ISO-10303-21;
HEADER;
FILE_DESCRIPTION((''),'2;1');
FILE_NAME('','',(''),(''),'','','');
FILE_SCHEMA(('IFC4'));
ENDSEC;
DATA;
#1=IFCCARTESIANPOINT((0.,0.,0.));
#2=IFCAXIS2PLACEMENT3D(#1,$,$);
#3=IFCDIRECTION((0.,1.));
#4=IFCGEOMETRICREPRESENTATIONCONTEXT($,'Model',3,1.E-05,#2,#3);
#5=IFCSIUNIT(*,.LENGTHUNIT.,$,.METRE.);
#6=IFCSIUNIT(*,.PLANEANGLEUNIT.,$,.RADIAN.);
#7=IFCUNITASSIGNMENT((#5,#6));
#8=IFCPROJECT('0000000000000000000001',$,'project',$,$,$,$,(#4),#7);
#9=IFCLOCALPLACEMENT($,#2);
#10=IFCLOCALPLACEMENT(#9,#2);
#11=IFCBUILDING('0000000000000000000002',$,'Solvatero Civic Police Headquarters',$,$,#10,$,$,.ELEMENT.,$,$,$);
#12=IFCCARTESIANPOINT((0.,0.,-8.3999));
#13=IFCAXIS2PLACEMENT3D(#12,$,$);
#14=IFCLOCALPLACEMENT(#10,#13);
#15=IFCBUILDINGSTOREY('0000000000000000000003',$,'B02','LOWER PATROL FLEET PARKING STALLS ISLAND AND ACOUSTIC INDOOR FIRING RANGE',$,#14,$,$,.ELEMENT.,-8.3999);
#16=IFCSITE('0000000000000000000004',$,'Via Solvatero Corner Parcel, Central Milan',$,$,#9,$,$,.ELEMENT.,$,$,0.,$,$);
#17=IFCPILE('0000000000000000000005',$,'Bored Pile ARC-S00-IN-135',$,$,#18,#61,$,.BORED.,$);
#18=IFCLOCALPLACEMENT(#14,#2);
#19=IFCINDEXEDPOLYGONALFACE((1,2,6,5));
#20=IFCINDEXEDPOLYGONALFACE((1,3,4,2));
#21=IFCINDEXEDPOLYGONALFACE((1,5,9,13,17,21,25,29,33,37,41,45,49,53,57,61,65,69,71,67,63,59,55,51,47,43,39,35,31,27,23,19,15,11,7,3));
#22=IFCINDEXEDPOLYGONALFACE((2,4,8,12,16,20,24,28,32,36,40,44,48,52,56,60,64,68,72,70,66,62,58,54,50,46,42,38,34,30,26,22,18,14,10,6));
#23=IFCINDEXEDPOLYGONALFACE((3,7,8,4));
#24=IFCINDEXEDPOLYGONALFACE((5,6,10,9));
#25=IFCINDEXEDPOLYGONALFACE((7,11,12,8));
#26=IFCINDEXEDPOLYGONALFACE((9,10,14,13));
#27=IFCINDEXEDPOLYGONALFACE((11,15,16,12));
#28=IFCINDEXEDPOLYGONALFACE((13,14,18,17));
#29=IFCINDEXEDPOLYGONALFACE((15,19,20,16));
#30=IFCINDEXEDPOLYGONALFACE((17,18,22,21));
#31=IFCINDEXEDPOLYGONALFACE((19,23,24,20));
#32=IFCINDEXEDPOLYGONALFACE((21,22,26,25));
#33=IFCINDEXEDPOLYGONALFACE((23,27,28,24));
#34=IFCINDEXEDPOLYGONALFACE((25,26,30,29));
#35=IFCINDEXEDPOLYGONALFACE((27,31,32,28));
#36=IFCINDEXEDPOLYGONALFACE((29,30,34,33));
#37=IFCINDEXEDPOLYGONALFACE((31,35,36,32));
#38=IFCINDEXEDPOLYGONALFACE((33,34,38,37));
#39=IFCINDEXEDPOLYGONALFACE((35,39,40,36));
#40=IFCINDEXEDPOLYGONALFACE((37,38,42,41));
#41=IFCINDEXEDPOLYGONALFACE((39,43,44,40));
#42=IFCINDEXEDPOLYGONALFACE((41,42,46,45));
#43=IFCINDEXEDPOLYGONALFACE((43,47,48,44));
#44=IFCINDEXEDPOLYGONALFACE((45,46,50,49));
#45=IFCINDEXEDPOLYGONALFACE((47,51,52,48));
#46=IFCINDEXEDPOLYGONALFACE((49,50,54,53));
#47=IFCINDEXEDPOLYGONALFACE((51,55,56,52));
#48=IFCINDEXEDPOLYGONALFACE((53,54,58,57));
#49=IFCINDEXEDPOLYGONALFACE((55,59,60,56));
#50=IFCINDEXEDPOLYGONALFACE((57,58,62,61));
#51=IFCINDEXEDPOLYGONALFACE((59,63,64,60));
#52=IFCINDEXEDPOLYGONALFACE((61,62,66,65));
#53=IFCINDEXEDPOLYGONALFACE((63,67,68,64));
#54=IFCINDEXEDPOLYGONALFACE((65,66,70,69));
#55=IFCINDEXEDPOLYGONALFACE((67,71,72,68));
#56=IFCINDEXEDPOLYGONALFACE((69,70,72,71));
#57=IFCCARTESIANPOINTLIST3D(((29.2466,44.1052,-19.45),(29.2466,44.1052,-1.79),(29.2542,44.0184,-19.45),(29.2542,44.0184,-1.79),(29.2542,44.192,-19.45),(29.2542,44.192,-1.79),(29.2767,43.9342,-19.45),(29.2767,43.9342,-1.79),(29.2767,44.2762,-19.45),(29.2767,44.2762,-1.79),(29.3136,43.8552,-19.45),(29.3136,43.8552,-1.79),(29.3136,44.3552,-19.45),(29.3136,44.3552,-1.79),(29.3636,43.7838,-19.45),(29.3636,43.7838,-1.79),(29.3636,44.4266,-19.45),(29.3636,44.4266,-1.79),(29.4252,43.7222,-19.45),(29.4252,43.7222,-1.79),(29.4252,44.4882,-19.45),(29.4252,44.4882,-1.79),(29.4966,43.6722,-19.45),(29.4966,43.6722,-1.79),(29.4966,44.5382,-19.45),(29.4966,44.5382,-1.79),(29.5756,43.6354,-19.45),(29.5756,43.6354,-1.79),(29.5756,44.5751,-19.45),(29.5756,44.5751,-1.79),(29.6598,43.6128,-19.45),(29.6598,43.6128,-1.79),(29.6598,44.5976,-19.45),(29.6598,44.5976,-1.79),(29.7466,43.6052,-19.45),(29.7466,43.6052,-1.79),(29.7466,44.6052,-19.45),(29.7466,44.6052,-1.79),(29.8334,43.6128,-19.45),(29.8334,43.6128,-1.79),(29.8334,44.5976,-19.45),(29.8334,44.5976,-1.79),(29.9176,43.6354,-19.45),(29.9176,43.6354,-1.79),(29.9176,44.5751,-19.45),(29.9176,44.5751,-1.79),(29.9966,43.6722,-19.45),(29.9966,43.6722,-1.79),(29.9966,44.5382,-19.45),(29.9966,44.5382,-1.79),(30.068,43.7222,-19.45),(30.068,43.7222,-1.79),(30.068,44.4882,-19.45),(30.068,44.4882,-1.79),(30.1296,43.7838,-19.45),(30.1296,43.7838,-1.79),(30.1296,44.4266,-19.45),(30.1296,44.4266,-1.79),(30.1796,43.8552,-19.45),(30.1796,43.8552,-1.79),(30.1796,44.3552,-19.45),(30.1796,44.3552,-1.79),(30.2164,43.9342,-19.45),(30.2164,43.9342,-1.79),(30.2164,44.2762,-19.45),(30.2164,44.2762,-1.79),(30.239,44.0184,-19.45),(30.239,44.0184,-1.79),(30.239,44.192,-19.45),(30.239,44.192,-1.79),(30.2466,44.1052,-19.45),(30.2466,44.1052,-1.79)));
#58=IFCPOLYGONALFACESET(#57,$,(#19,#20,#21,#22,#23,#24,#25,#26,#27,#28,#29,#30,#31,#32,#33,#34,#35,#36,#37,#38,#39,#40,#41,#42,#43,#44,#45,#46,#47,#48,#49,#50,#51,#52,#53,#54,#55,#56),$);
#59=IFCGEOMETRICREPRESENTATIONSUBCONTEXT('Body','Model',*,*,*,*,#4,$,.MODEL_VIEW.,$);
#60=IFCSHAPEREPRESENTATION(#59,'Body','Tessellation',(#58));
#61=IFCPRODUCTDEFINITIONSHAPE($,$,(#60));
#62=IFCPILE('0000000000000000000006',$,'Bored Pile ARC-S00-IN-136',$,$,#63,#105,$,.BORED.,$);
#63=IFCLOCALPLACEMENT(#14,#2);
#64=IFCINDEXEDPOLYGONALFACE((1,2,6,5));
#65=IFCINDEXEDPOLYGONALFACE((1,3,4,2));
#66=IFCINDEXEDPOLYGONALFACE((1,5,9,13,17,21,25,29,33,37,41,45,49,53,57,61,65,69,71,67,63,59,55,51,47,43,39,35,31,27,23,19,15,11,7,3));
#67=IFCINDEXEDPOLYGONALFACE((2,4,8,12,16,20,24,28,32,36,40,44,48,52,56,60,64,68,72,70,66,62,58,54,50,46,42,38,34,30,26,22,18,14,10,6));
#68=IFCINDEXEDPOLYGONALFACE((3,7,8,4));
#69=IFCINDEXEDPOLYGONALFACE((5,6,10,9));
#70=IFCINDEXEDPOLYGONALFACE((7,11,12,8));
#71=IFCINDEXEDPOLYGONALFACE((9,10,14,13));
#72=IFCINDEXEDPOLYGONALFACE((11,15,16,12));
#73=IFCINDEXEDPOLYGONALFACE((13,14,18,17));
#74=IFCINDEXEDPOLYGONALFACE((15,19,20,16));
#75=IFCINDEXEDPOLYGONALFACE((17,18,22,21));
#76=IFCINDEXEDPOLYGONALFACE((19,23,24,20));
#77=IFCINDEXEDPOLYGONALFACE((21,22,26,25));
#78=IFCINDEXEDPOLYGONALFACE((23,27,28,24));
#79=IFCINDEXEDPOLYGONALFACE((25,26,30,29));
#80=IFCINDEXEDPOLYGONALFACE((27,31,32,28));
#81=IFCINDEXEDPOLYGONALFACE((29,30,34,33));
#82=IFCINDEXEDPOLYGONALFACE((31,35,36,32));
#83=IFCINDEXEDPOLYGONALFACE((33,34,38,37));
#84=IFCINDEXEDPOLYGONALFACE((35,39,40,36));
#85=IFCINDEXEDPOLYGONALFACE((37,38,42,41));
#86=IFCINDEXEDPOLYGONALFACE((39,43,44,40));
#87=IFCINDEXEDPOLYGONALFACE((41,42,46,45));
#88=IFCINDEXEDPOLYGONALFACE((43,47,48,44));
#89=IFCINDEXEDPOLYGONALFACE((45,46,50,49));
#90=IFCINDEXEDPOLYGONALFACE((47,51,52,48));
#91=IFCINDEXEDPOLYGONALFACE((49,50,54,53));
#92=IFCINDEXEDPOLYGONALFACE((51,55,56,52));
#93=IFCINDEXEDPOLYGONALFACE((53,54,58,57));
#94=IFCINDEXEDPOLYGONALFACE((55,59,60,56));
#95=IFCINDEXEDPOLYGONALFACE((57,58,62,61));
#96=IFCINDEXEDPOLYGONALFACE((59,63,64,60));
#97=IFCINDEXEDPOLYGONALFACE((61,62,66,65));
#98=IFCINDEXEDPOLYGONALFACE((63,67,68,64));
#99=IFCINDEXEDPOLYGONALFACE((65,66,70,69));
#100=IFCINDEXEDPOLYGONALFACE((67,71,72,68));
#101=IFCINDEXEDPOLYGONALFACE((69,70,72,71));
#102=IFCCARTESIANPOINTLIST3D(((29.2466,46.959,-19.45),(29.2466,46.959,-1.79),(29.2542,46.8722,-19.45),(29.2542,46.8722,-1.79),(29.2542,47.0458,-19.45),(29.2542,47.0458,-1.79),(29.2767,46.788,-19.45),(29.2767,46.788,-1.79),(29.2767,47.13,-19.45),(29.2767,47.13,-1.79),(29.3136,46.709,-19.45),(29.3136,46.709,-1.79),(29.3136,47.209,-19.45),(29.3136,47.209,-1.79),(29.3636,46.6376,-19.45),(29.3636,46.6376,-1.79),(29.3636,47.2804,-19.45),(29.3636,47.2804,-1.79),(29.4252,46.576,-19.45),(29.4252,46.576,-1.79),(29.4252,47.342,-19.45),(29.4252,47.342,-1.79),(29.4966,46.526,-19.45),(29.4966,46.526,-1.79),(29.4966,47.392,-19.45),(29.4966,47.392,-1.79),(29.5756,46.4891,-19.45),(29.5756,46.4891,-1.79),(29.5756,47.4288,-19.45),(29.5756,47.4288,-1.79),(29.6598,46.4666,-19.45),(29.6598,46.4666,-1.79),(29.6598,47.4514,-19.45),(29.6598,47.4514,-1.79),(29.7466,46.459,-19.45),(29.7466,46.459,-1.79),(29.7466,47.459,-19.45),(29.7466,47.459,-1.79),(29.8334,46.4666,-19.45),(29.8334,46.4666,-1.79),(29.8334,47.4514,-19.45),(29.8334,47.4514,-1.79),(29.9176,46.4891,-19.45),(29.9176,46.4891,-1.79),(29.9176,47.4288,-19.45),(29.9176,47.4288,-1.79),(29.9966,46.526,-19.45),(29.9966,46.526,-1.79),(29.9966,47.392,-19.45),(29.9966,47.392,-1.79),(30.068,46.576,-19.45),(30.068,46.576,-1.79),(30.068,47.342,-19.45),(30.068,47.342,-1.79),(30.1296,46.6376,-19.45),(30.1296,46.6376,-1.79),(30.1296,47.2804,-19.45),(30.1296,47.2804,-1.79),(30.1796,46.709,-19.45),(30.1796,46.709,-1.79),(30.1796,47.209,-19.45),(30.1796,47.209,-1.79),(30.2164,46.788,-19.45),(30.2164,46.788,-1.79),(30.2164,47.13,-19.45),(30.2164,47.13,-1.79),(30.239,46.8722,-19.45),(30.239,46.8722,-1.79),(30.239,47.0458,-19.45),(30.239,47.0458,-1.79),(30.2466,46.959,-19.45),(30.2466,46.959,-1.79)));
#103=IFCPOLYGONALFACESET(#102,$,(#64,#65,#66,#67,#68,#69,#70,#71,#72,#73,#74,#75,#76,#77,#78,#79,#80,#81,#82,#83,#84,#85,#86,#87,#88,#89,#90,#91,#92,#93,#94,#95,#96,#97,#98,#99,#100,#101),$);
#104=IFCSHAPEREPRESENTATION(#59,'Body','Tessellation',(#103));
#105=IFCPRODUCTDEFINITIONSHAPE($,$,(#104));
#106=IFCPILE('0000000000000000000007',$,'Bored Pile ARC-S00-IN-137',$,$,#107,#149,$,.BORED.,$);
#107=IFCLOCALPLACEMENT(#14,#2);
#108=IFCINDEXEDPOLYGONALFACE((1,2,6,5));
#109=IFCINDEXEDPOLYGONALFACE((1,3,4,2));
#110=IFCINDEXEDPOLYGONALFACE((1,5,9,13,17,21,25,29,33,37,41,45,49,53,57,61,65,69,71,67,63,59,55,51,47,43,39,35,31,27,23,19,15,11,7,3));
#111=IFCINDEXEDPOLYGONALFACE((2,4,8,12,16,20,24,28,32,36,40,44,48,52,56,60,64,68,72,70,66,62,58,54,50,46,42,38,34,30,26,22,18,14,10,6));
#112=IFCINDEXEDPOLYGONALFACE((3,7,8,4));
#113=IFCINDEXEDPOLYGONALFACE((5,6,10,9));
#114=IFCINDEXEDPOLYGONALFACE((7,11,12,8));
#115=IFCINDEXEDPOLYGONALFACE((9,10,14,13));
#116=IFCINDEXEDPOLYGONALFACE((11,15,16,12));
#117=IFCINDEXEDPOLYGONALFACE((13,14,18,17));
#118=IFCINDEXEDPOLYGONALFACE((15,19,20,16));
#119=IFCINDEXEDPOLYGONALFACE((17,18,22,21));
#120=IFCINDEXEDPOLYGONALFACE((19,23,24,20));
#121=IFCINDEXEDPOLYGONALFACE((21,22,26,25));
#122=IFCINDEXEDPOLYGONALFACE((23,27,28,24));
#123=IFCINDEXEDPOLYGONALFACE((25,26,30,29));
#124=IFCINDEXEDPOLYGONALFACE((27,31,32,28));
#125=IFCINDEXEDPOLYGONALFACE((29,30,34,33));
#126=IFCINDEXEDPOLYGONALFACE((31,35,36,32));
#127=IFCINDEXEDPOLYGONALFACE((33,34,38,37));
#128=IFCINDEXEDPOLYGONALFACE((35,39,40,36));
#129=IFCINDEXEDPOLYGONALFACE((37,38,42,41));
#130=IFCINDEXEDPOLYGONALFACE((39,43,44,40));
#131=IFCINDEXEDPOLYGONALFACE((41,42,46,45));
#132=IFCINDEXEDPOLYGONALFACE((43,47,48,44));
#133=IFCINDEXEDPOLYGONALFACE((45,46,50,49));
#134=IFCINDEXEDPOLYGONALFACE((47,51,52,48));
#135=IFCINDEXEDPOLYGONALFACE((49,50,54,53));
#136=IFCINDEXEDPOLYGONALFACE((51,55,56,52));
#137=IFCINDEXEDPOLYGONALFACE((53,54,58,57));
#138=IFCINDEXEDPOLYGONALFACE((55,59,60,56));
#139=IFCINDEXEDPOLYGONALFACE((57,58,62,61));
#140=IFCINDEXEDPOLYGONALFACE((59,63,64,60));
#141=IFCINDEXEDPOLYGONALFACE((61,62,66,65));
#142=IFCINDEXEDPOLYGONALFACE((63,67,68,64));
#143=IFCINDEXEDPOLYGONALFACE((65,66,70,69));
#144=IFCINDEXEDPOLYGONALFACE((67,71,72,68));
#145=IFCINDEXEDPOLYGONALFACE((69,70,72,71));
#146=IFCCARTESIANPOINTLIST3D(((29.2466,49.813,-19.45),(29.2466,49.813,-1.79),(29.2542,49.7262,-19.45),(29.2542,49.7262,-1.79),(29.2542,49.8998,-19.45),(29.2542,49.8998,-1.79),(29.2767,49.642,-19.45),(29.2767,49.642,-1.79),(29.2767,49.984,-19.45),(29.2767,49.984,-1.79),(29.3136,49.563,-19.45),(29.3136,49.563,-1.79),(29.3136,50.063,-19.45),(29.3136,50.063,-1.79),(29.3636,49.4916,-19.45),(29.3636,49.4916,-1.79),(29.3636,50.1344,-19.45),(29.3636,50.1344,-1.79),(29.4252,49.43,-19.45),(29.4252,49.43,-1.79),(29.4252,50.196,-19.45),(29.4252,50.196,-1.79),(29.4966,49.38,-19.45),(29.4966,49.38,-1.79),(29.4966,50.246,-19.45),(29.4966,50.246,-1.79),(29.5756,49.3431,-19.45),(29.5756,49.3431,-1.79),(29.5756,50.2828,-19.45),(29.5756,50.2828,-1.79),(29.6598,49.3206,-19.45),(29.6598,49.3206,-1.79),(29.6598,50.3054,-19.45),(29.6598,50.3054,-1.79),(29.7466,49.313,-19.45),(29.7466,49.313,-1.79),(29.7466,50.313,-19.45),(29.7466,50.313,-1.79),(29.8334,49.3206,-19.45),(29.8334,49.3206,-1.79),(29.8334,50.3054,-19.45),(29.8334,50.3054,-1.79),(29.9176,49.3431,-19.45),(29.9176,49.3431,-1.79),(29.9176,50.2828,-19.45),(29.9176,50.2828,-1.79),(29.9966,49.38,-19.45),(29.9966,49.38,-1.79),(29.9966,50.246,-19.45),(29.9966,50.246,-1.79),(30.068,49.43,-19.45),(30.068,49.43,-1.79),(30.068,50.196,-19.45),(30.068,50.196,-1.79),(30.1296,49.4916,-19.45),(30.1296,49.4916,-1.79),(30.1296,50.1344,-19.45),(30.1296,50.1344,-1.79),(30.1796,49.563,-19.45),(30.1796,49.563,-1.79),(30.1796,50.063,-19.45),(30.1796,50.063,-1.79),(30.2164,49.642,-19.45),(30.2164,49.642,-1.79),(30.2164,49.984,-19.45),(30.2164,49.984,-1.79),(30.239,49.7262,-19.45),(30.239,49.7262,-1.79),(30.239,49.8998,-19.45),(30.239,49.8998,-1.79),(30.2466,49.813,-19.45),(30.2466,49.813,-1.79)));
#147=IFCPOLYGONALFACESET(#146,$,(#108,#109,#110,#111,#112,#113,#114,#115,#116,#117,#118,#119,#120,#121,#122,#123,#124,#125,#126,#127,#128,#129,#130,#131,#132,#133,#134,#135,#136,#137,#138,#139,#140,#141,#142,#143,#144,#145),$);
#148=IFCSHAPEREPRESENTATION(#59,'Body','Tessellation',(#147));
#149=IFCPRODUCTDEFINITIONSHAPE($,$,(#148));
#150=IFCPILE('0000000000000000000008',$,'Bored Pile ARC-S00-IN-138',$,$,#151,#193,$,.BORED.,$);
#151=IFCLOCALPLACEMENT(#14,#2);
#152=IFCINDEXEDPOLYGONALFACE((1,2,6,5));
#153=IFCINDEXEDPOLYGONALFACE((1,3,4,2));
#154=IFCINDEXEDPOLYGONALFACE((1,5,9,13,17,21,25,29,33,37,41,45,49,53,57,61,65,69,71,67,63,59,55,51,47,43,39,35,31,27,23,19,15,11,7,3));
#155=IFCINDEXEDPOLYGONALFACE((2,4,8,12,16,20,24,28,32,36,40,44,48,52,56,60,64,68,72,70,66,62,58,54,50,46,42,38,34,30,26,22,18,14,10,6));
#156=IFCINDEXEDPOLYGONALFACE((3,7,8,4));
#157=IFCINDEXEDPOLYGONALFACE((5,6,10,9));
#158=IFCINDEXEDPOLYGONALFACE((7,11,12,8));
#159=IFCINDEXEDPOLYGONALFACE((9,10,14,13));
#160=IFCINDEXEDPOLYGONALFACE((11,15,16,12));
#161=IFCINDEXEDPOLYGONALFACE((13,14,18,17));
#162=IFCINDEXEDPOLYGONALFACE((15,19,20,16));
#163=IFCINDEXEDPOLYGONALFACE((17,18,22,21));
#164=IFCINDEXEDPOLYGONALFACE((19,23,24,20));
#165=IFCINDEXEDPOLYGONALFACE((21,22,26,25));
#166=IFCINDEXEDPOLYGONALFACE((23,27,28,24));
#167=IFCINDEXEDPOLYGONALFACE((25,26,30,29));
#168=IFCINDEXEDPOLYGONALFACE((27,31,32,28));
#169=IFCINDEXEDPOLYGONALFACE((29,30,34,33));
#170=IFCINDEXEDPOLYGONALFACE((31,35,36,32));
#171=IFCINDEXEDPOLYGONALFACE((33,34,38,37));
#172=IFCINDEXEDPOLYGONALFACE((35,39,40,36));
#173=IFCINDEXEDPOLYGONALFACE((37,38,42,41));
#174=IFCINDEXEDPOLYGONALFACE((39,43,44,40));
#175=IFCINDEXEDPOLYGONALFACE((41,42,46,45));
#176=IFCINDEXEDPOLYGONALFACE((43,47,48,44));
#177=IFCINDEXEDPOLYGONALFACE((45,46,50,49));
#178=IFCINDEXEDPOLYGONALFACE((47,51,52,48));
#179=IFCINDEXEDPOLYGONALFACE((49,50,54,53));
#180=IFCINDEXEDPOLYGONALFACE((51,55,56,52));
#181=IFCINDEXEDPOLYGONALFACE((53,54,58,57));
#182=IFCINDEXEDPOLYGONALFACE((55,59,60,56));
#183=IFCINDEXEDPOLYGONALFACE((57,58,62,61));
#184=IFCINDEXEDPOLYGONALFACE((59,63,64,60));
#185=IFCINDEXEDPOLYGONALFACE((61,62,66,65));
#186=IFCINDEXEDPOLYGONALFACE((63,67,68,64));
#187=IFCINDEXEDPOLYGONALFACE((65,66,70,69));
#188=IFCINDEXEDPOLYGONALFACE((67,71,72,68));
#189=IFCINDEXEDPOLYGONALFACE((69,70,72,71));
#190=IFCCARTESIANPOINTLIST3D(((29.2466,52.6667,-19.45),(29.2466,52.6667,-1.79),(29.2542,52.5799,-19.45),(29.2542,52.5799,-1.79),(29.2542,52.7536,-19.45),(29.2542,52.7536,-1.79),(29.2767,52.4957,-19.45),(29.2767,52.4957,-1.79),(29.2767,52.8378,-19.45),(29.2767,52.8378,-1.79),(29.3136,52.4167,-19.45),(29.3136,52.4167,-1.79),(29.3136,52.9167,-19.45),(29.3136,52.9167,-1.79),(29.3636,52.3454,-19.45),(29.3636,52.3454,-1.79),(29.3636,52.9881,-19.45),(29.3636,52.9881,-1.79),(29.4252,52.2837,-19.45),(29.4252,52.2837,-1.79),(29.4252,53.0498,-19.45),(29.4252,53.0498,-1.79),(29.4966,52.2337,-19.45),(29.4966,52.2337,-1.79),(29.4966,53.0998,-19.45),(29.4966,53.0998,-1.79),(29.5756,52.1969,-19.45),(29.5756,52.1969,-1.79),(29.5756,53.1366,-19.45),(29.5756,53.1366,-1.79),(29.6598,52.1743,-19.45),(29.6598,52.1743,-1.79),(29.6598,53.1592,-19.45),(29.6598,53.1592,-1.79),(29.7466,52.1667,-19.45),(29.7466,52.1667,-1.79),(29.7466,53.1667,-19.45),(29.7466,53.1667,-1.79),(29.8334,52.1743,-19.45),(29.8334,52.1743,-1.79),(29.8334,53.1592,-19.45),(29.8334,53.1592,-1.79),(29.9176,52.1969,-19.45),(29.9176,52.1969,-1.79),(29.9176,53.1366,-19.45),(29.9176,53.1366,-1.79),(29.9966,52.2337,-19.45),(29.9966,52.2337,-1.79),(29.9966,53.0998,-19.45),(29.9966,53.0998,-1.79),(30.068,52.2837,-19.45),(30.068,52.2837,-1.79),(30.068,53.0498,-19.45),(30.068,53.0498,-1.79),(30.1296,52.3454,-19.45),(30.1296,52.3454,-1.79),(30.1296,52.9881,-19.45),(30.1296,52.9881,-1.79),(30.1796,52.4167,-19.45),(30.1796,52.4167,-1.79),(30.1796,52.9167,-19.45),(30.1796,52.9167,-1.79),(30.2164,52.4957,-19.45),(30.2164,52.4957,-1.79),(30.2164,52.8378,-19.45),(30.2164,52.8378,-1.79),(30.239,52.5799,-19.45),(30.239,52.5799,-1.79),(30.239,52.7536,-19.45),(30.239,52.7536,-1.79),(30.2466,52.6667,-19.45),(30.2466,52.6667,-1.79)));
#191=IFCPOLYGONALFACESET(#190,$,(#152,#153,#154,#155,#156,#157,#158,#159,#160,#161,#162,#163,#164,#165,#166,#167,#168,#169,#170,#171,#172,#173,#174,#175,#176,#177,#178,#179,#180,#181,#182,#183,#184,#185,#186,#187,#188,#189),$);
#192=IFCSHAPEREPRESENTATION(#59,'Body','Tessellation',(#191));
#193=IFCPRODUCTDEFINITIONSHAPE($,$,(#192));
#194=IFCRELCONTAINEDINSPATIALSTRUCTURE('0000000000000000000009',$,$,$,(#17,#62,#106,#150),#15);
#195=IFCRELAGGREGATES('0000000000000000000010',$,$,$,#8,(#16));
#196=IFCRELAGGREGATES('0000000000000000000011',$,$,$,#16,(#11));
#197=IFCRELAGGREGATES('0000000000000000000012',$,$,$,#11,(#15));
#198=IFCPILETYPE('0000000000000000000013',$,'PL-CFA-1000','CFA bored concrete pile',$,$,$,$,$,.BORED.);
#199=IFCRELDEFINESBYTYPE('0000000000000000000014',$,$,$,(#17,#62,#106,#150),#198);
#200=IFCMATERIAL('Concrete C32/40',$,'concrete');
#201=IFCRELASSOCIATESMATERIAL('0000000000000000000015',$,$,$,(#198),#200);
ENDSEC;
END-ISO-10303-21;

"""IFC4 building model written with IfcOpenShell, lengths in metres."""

from ifc_helpers import new_model, si_unit, direction, frame, origin, origin_2d, place, context, subcontext, project, spatial, circle, extrude, material, material_profile, profile_set, type_object, element, save


model = new_model("IFC4")

# Units and contexts
model_context = context("Model", 3, precision=1e-05, world=origin(), true_north=direction((0.0, 1.0)))
body_context = subcontext(model_context, "Body", "Model", "MODEL_VIEW")
ifc_project = project(units=[si_unit("LENGTHUNIT", "METRE"), si_unit("PLANEANGLEUNIT", "RADIAN")], contexts=[model_context])

# Site, building, storey
site_placement = place(None, origin())
site = spatial("IfcSite", under=ifc_project, at=site_placement, Name="Via Solvatero Corner Parcel, Central Milan", CompositionType="ELEMENT", RefElevation=0.0)
building_placement = place(site_placement, origin())
building = spatial("IfcBuilding", under=site, at=building_placement, Name="Solvatero Civic Police Headquarters", CompositionType="ELEMENT")
storey_placement = place(building_placement, frame((0.0, 0.0, -8.3999)))
storey = spatial("IfcBuildingStorey", under=building, at=storey_placement, Name="B02", Description="LOWER PATROL FLEET PARKING STALLS ISLAND AND ACOUSTIC INDOOR FIRING RANGE", CompositionType="ELEMENT", Elevation=-8.3999)

# Piles
ifc_material_1 = material(Name="Concrete C32/40", Category="concrete")
ifc_material_profile_1 = material_profile(ifc_material_1, circle(Radius=0.5, at=origin_2d()), Name="CFA PILE D1000")
ifc_profile_set_1 = profile_set([ifc_material_profile_1], Name="Concrete C32/40")
pile_type = type_object("IfcPileType", Name="PL-CFA-1000", Description="CFA bored concrete pile", PredefinedType="BORED", material=ifc_profile_set_1)
for number, where, z_axis, x_axis, name in (
    (1, (29.7466, 44.1052, -1.79), (0.0, 0.0, -1.0), (1.0, 0.0, 0.0), "Bored Pile ARC-S00-IN-135"),
    (2, (29.7466, 46.959, -1.79), (0.0, 0.0, -1.0), (1.0, 0.0, 0.0), "Bored Pile ARC-S00-IN-136"),
    (3, (29.7466, 49.813, -1.79), (0.0, 0.0, -1.0), (1.0, 0.0, 0.0), "Bored Pile ARC-S00-IN-137"),
    (4, (29.7466, 52.6667, -1.79), (0.0, 0.0, -1.0), (1.0, 0.0, 0.0), "Bored Pile ARC-S00-IN-138"),
):
    element("IfcPile", number, at=place(storey_placement, frame(where, z_axis=z_axis, x_axis=x_axis)), inside=storey, type_object=pile_type, Name=name, PredefinedType="BORED", context=body_context, shape_type="SweptSolid", body=[
        extrude(circle(Radius=0.5, at=origin_2d()), origin(), (0.0, 0.0, 1.0), 17.6599),
    ])

save(model, "model.ifc")
